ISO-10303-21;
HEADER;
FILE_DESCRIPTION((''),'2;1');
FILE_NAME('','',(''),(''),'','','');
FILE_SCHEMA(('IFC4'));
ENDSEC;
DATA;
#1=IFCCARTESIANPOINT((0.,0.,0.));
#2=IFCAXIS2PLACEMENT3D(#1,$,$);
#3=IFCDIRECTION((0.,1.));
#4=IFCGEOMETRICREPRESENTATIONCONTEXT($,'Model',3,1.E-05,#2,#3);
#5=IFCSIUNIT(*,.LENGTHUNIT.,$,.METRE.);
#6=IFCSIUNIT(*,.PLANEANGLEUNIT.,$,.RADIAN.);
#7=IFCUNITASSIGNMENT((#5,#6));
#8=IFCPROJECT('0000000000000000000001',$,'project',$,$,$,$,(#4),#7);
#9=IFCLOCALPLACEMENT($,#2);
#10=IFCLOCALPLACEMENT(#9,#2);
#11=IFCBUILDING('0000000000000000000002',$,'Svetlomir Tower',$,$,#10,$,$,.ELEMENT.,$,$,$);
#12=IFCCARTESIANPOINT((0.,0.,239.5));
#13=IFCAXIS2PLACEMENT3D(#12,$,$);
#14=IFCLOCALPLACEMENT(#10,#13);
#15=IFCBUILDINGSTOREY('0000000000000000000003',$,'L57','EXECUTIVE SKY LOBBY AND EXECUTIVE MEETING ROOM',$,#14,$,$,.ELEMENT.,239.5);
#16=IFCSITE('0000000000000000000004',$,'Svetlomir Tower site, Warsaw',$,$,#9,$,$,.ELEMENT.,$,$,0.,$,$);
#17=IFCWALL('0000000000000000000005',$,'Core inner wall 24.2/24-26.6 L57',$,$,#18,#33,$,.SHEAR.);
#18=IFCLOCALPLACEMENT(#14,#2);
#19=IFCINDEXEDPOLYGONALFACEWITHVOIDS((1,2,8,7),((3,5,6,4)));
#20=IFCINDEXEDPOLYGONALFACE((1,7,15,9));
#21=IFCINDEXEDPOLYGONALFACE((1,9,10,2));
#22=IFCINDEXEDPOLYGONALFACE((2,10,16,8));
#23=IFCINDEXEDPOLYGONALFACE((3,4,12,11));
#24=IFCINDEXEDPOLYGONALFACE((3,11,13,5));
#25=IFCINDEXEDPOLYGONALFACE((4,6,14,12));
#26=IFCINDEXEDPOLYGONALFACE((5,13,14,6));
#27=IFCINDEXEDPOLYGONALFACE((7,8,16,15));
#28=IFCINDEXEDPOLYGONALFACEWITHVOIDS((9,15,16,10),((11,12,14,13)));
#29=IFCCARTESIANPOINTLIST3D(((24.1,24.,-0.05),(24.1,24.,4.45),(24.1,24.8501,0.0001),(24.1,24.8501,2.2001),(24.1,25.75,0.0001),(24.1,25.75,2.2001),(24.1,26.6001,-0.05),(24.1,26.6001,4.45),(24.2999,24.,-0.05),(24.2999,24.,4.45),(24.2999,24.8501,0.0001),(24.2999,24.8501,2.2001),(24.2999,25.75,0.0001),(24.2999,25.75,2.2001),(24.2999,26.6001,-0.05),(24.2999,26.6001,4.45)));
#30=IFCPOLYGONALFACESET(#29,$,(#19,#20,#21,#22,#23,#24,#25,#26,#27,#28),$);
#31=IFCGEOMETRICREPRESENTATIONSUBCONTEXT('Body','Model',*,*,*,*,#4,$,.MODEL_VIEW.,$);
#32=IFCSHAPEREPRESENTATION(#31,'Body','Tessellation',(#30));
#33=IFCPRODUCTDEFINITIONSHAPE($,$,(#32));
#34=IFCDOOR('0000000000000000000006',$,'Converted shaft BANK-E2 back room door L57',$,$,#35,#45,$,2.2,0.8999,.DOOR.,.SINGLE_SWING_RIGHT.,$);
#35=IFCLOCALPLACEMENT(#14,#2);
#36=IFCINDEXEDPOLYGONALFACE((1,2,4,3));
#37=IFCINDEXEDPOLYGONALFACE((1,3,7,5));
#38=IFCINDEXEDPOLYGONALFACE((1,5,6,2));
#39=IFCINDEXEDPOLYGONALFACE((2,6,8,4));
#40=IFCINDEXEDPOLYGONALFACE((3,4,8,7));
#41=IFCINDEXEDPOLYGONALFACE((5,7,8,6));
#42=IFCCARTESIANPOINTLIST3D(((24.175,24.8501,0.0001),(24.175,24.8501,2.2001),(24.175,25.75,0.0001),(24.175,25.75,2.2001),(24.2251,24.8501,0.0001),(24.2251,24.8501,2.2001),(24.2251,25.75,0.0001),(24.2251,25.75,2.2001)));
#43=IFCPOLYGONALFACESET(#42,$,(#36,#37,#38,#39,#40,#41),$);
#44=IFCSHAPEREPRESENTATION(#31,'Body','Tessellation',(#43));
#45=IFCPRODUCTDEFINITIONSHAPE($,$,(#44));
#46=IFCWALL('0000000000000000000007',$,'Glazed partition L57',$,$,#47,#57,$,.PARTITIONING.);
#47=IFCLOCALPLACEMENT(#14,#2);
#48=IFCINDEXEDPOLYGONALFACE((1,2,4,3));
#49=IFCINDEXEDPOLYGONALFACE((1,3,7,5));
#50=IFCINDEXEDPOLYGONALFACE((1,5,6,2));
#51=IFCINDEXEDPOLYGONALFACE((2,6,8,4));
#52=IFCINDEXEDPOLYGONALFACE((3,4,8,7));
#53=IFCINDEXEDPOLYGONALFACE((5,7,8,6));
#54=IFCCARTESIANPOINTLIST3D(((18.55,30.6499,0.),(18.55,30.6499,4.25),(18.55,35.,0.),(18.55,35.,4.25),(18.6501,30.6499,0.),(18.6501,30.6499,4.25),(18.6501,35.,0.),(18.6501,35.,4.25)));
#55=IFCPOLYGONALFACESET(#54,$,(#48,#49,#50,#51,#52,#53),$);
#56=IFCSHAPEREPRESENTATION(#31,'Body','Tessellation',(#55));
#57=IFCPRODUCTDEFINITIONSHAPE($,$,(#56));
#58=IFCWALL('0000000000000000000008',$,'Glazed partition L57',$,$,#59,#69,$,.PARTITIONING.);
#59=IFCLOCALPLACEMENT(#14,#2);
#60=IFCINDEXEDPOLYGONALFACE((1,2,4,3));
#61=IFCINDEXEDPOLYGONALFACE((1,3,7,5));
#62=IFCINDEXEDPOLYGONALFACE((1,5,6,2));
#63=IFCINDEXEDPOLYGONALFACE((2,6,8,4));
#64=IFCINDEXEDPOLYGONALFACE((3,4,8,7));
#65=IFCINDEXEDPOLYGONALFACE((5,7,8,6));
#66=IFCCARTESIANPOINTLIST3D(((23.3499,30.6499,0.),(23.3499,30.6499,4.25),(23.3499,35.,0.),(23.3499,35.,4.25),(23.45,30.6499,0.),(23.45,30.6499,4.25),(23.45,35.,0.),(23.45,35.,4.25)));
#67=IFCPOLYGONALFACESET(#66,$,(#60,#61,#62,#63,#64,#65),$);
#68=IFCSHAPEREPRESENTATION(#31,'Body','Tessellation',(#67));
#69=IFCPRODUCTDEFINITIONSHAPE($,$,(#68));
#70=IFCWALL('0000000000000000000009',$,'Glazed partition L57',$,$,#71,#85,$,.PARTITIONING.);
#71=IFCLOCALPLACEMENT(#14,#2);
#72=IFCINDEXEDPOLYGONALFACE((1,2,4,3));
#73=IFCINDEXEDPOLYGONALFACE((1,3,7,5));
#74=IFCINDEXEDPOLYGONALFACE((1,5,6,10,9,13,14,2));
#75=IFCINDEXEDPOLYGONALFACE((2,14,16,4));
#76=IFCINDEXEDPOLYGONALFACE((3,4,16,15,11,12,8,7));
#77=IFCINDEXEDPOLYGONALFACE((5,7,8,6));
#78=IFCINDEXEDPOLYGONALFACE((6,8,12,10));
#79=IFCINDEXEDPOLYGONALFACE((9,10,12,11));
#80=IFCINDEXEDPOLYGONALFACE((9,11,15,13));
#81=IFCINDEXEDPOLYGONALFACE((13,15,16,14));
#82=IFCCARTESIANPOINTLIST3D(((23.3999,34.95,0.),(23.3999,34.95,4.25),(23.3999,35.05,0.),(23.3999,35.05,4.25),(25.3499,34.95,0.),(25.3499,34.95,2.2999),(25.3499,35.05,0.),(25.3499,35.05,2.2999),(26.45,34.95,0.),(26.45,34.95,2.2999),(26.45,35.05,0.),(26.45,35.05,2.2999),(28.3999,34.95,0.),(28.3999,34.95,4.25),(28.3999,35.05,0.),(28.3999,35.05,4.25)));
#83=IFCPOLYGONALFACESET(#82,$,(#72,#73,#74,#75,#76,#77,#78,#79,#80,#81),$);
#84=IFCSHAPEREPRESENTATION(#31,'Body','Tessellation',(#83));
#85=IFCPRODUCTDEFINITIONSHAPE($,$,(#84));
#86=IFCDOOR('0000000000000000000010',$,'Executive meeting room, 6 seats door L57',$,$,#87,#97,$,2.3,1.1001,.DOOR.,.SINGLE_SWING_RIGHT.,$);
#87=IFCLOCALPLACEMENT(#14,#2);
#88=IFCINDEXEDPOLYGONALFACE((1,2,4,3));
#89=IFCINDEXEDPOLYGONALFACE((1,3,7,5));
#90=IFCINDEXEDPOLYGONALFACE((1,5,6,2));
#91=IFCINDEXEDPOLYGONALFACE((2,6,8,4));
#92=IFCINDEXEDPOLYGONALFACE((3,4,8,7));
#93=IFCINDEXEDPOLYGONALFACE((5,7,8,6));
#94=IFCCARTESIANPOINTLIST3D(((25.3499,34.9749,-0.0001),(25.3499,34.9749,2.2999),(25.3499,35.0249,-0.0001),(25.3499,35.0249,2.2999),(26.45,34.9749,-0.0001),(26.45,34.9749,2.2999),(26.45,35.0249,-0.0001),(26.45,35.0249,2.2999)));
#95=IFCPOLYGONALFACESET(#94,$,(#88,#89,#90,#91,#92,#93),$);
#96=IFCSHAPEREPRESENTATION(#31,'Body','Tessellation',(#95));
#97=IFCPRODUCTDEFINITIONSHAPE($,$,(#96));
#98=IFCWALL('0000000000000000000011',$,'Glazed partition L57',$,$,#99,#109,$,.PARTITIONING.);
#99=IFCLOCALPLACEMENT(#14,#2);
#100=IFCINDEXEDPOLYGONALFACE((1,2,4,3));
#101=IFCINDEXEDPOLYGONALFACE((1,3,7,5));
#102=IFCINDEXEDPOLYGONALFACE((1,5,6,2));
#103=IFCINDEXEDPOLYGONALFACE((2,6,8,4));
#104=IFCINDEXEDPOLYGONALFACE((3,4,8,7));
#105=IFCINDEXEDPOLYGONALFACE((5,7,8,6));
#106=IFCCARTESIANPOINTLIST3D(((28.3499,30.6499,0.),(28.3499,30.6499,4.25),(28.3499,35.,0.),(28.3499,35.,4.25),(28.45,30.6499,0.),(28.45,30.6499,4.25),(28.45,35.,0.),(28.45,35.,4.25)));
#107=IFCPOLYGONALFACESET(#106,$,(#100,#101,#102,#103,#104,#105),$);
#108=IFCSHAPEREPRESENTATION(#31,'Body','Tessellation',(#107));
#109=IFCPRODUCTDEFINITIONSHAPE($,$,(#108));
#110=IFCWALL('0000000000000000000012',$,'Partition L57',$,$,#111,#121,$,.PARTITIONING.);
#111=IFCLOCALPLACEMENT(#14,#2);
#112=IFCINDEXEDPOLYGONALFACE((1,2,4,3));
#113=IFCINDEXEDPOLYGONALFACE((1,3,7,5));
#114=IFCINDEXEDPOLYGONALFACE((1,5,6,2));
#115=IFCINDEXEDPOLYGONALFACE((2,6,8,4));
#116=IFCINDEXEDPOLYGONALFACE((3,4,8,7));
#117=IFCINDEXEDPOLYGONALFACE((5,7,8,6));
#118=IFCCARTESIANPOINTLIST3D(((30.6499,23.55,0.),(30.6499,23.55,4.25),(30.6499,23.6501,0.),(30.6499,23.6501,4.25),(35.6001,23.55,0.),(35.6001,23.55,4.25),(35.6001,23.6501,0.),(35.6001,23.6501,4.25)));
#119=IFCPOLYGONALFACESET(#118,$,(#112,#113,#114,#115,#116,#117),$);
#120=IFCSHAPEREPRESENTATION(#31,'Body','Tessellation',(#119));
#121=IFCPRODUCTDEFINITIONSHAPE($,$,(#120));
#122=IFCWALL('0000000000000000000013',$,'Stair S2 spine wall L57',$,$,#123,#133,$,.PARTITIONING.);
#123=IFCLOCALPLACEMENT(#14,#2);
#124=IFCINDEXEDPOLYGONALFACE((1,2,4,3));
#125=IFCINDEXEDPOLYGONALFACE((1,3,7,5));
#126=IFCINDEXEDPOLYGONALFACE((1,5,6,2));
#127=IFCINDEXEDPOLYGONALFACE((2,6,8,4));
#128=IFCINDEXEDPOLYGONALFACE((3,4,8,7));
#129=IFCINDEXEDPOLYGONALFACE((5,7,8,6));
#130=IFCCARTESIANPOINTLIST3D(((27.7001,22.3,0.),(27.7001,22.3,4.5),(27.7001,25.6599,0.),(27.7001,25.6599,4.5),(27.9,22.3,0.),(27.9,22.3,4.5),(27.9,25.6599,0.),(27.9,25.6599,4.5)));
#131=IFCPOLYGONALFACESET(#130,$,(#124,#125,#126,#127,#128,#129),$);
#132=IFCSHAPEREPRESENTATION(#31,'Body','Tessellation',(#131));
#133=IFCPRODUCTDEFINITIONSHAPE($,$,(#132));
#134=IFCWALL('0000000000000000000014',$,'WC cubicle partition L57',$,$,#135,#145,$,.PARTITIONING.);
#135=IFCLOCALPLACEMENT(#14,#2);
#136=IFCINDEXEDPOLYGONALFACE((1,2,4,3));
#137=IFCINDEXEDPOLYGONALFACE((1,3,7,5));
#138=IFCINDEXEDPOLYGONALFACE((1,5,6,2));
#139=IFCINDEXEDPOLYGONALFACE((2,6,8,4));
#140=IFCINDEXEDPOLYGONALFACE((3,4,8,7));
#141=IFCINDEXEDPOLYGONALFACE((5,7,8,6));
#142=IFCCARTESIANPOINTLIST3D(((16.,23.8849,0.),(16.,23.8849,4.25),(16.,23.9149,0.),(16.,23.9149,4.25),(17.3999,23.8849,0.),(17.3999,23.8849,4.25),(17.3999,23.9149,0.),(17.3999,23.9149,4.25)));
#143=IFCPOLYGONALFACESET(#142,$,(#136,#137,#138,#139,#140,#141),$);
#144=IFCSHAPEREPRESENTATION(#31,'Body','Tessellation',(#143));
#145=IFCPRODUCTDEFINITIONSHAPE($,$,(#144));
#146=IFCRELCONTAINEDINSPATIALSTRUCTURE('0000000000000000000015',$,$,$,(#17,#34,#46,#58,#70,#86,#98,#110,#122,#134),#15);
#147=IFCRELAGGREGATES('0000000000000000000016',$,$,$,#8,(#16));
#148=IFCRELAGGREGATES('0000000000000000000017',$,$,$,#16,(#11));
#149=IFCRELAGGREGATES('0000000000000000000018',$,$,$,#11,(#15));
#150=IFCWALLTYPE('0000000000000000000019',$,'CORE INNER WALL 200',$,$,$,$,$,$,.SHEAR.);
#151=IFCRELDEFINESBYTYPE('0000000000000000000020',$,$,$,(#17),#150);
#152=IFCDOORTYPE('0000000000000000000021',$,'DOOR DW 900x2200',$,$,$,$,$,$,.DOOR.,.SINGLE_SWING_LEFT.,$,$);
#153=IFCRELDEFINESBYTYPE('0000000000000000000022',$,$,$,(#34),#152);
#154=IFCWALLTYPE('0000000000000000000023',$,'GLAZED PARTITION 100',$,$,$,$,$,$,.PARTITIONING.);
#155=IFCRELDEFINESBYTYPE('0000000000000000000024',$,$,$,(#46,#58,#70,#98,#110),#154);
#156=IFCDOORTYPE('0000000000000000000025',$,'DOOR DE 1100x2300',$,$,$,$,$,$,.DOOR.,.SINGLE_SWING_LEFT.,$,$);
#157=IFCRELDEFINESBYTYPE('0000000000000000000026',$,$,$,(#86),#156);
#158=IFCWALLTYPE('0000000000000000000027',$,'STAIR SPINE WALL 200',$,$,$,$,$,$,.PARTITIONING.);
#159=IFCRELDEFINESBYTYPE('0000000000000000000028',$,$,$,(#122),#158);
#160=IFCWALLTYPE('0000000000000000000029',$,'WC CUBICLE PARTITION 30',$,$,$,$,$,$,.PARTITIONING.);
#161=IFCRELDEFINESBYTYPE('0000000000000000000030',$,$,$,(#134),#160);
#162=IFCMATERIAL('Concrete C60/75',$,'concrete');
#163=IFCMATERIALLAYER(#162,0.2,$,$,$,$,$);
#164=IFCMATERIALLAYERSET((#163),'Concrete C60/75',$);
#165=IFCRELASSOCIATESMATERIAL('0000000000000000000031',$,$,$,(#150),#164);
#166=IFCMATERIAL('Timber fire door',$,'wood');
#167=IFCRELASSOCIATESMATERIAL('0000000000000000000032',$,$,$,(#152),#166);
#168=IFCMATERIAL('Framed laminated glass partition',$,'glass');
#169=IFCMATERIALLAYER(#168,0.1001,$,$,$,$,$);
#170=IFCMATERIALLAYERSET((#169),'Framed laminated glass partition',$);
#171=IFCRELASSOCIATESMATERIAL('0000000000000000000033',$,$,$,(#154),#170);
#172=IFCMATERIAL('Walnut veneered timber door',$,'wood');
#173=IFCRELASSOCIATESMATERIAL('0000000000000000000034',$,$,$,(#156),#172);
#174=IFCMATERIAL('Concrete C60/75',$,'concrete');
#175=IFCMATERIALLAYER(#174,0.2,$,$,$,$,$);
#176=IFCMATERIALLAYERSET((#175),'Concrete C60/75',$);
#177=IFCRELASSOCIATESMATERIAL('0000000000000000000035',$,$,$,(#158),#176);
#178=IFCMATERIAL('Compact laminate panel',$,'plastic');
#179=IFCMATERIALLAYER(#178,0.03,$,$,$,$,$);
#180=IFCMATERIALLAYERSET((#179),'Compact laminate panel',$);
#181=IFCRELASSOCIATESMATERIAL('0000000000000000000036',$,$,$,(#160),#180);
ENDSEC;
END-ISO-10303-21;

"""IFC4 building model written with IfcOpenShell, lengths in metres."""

from ifc_helpers import new_model, si_unit, direction, frame, frame_2d, origin, place, context, subcontext, project, spatial, rectangle, extrude, material, layer, layer_set, type_object, element, fill, save


model = new_model("IFC4")

# Units and contexts
model_context = context("Model", 3, precision=1e-05, world=origin(), true_north=direction((0.0, 1.0)))
body_context = subcontext(model_context, "Body", "Model", "MODEL_VIEW")
ifc_project = project(units=[si_unit("LENGTHUNIT", "METRE"), si_unit("PLANEANGLEUNIT", "RADIAN")], contexts=[model_context])

# Site, building, storey
site_placement = place(None, origin())
site = spatial("IfcSite", under=ifc_project, at=site_placement, Name="Svetlomir Tower site, Warsaw", CompositionType="ELEMENT", RefElevation=0.0)
building_placement = place(site_placement, origin())
building = spatial("IfcBuilding", under=site, at=building_placement, Name="Svetlomir Tower", CompositionType="ELEMENT")
storey_placement = place(building_placement, frame((0.0, 0.0, 239.5)))
storey = spatial("IfcBuildingStorey", under=building, at=storey_placement, Name="L57", Description="EXECUTIVE SKY LOBBY AND EXECUTIVE MEETING ROOM", CompositionType="ELEMENT", Elevation=239.5)

# Shared definitions
ifc_material_1 = material(Name="Concrete C60/75", Category="concrete")
ifc_layer_1 = layer(ifc_material_1, 0.2)
ifc_layer_set_1 = layer_set([ifc_layer_1], Name="Concrete C60/75")
wall_type_1 = type_object("IfcWallType", Name="CORE INNER WALL 200", PredefinedType="SHEAR", material=ifc_layer_set_1)

# Wall, opening, door
ifc_material_2 = material(Name="Timber fire door", Category="wood")
door_type_1 = type_object("IfcDoorType", Name="DOOR DW 900x2200", OperationType="SINGLE_SWING_LEFT", PredefinedType="DOOR", material=ifc_material_2)
wall_1_placement = place(storey_placement, frame((24.2, 24.0, -0.05), z_axis=(0.0, 0.0, 1.0), x_axis=(0.0, 1.0, 0.0)))
wall_1 = element("IfcWall", 1, at=wall_1_placement, inside=storey, type_object=wall_type_1, Name="Core inner wall 24.2/24-26.6 L57", PredefinedType="SHEAR", context=body_context, shape_type="SweptSolid", body=[
    extrude(rectangle(XDim=2.6001, YDim=0.2, at=frame_2d((1.3, 0.0))), origin(), (0.0, 0.0, 1.0), 4.5),
])
opening_1_placement = place(wall_1_placement, frame((0.8501, 0.0, 0.05)))
opening_1 = element("IfcOpeningElement", 2, at=opening_1_placement, cuts=wall_1, PredefinedType="OPENING", context=body_context, shape_type="SweptSolid", body=[
    extrude(rectangle(XDim=0.8999, YDim=2.2, at=frame_2d((0.45, 1.1001))), frame((0.0, 0.1099, 0.0), z_axis=(0.0, -1.0, 0.0), x_axis=(1.0, 0.0, 0.0)), (0.0, 0.0, 1.0), 0.22),
])
door_1_placement = place(opening_1_placement, origin())
door_1 = element("IfcDoor", 3, at=door_1_placement, inside=storey, type_object=door_type_1, Name="Converted shaft BANK-E2 back room door L57", OperationType="SINGLE_SWING_RIGHT", OverallHeight=2.2, OverallWidth=0.8999, PredefinedType="DOOR", context=body_context, shape_type="SweptSolid", body=[
    extrude(rectangle(XDim=0.8999, YDim=2.2, at=frame_2d((0.45, 1.1001))), frame((0.0, 0.0249, 0.0), z_axis=(0.0, -1.0, 0.0), x_axis=(1.0, 0.0, 0.0)), (0.0, 0.0, 1.0), 0.05),
])
fill(opening_1, door_1)

# Walls
ifc_material_3 = material(Name="Framed laminated glass partition", Category="glass")
ifc_layer_2 = layer(ifc_material_3, 0.1001)
ifc_layer_set_2 = layer_set([ifc_layer_2], Name="Framed laminated glass partition")
wall_type_2 = type_object("IfcWallType", Name="GLAZED PARTITION 100", PredefinedType="PARTITIONING", material=ifc_layer_set_2)
for number, where, z_axis, x_axis, name in (
    (4, (18.6001, 30.6499, 0.0), (0.0, 0.0, 1.0), (0.0, 1.0, 0.0), "Glazed partition L57"),
    (5, (23.3999, 30.6499, 0.0), (0.0, 0.0, 1.0), (0.0, 1.0, 0.0), "Glazed partition L57"),
):
    element("IfcWall", number, at=place(storey_placement, frame(where, z_axis=z_axis, x_axis=x_axis)), inside=storey, type_object=wall_type_2, Name=name, PredefinedType="PARTITIONING", context=body_context, shape_type="SweptSolid", body=[
        extrude(rectangle(XDim=4.3501, YDim=0.1001, at=frame_2d((2.175, 0.0))), origin(), (0.0, 0.0, 1.0), 4.25),
    ])

# Wall, opening, door
wall_2_placement = place(storey_placement, frame((23.3999, 35.0, 0.0), z_axis=(0.0, 0.0, 1.0), x_axis=(1.0, 0.0, 0.0)))
wall_2 = element("IfcWall", 6, at=wall_2_placement, inside=storey, type_object=wall_type_2, Name="Glazed partition L57", PredefinedType="PARTITIONING", context=body_context, shape_type="SweptSolid", body=[
    extrude(rectangle(XDim=5.0, YDim=0.1001, at=frame_2d((2.5, 0.0))), origin(), (0.0, 0.0, 1.0), 4.25),
])
opening_2_placement = place(wall_2_placement, frame((1.95, 0.0, 0.0)))
opening_2 = element("IfcOpeningElement", 7, at=opening_2_placement, cuts=wall_2, PredefinedType="OPENING", context=body_context, shape_type="SweptSolid", body=[
    extrude(rectangle(XDim=1.1001, YDim=2.3, at=frame_2d((0.55, 1.1499))), frame((0.0, 0.0601, 0.0), z_axis=(0.0, -1.0, 0.0), x_axis=(1.0, 0.0, 0.0)), (0.0, 0.0, 1.0), 0.1201),
])
ifc_material_4 = material(Name="Walnut veneered timber door", Category="wood")
door_type_2 = type_object("IfcDoorType", Name="DOOR DE 1100x2300", OperationType="SINGLE_SWING_LEFT", PredefinedType="DOOR", material=ifc_material_4)
door_2_placement = place(opening_2_placement, origin())
door_2 = element("IfcDoor", 8, at=door_2_placement, inside=storey, type_object=door_type_2, Name="Executive meeting room, 6 seats door L57", OperationType="SINGLE_SWING_RIGHT", OverallHeight=2.3, OverallWidth=1.1001, PredefinedType="DOOR", context=body_context, shape_type="SweptSolid", body=[
    extrude(rectangle(XDim=1.1001, YDim=2.3, at=frame_2d((0.55, 1.1499))), frame((0.0, 0.0249, 0.0), z_axis=(0.0, -1.0, 0.0), x_axis=(1.0, 0.0, 0.0)), (0.0, 0.0, 1.0), 0.05),
])
fill(opening_2, door_2)

# Walls
wall_3_placement = place(storey_placement, frame((28.3999, 30.6499, 0.0), z_axis=(0.0, 0.0, 1.0), x_axis=(0.0, 1.0, 0.0)))
element("IfcWall", 9, at=wall_3_placement, inside=storey, type_object=wall_type_2, Name="Glazed partition L57", PredefinedType="PARTITIONING", context=body_context, shape_type="SweptSolid", body=[
    extrude(rectangle(XDim=4.3501, YDim=0.1001, at=frame_2d((2.175, 0.0))), origin(), (0.0, 0.0, 1.0), 4.25),
])
wall_4_placement = place(storey_placement, frame((30.6499, 23.6001, 0.0), z_axis=(0.0, 0.0, 1.0), x_axis=(1.0, 0.0, 0.0)))
element("IfcWall", 10, at=wall_4_placement, inside=storey, type_object=wall_type_2, Name="Partition L57", PredefinedType="PARTITIONING", context=body_context, shape_type="SweptSolid", body=[
    extrude(rectangle(XDim=4.9502, YDim=0.1001, at=frame_2d((2.4751, 0.0))), origin(), (0.0, 0.0, 1.0), 4.25),
])
ifc_material_5 = material(Name="Concrete C60/75", Category="concrete")
ifc_layer_3 = layer(ifc_material_5, 0.2)
ifc_layer_set_3 = layer_set([ifc_layer_3], Name="Concrete C60/75")
wall_type_3 = type_object("IfcWallType", Name="STAIR SPINE WALL 200", PredefinedType="PARTITIONING", material=ifc_layer_set_3)
wall_5_placement = place(storey_placement, frame((27.8, 22.3, 0.0), z_axis=(0.0, 0.0, 1.0), x_axis=(0.0, 1.0, 0.0)))
element("IfcWall", 11, at=wall_5_placement, inside=storey, type_object=wall_type_3, Name="Stair S2 spine wall L57", PredefinedType="PARTITIONING", context=body_context, shape_type="SweptSolid", body=[
    extrude(rectangle(XDim=3.3599, YDim=0.2, at=frame_2d((1.6799, 0.0))), origin(), (0.0, 0.0, 1.0), 4.5),
])
ifc_material_6 = material(Name="Compact laminate panel", Category="plastic")
ifc_layer_4 = layer(ifc_material_6, 0.03)
ifc_layer_set_4 = layer_set([ifc_layer_4], Name="Compact laminate panel")
wall_type_4 = type_object("IfcWallType", Name="WC CUBICLE PARTITION 30", PredefinedType="PARTITIONING", material=ifc_layer_set_4)
wall_6_placement = place(storey_placement, frame((16.0, 23.8999, 0.0), z_axis=(0.0, 0.0, 1.0), x_axis=(1.0, 0.0, 0.0)))
element("IfcWall", 12, at=wall_6_placement, inside=storey, type_object=wall_type_4, Name="WC cubicle partition L57", PredefinedType="PARTITIONING", context=body_context, shape_type="SweptSolid", body=[
    extrude(rectangle(XDim=1.3999, YDim=0.03, at=frame_2d((0.7, 0.0))), origin(), (0.0, 0.0, 1.0), 4.25),
])

save(model, "model.ifc")
